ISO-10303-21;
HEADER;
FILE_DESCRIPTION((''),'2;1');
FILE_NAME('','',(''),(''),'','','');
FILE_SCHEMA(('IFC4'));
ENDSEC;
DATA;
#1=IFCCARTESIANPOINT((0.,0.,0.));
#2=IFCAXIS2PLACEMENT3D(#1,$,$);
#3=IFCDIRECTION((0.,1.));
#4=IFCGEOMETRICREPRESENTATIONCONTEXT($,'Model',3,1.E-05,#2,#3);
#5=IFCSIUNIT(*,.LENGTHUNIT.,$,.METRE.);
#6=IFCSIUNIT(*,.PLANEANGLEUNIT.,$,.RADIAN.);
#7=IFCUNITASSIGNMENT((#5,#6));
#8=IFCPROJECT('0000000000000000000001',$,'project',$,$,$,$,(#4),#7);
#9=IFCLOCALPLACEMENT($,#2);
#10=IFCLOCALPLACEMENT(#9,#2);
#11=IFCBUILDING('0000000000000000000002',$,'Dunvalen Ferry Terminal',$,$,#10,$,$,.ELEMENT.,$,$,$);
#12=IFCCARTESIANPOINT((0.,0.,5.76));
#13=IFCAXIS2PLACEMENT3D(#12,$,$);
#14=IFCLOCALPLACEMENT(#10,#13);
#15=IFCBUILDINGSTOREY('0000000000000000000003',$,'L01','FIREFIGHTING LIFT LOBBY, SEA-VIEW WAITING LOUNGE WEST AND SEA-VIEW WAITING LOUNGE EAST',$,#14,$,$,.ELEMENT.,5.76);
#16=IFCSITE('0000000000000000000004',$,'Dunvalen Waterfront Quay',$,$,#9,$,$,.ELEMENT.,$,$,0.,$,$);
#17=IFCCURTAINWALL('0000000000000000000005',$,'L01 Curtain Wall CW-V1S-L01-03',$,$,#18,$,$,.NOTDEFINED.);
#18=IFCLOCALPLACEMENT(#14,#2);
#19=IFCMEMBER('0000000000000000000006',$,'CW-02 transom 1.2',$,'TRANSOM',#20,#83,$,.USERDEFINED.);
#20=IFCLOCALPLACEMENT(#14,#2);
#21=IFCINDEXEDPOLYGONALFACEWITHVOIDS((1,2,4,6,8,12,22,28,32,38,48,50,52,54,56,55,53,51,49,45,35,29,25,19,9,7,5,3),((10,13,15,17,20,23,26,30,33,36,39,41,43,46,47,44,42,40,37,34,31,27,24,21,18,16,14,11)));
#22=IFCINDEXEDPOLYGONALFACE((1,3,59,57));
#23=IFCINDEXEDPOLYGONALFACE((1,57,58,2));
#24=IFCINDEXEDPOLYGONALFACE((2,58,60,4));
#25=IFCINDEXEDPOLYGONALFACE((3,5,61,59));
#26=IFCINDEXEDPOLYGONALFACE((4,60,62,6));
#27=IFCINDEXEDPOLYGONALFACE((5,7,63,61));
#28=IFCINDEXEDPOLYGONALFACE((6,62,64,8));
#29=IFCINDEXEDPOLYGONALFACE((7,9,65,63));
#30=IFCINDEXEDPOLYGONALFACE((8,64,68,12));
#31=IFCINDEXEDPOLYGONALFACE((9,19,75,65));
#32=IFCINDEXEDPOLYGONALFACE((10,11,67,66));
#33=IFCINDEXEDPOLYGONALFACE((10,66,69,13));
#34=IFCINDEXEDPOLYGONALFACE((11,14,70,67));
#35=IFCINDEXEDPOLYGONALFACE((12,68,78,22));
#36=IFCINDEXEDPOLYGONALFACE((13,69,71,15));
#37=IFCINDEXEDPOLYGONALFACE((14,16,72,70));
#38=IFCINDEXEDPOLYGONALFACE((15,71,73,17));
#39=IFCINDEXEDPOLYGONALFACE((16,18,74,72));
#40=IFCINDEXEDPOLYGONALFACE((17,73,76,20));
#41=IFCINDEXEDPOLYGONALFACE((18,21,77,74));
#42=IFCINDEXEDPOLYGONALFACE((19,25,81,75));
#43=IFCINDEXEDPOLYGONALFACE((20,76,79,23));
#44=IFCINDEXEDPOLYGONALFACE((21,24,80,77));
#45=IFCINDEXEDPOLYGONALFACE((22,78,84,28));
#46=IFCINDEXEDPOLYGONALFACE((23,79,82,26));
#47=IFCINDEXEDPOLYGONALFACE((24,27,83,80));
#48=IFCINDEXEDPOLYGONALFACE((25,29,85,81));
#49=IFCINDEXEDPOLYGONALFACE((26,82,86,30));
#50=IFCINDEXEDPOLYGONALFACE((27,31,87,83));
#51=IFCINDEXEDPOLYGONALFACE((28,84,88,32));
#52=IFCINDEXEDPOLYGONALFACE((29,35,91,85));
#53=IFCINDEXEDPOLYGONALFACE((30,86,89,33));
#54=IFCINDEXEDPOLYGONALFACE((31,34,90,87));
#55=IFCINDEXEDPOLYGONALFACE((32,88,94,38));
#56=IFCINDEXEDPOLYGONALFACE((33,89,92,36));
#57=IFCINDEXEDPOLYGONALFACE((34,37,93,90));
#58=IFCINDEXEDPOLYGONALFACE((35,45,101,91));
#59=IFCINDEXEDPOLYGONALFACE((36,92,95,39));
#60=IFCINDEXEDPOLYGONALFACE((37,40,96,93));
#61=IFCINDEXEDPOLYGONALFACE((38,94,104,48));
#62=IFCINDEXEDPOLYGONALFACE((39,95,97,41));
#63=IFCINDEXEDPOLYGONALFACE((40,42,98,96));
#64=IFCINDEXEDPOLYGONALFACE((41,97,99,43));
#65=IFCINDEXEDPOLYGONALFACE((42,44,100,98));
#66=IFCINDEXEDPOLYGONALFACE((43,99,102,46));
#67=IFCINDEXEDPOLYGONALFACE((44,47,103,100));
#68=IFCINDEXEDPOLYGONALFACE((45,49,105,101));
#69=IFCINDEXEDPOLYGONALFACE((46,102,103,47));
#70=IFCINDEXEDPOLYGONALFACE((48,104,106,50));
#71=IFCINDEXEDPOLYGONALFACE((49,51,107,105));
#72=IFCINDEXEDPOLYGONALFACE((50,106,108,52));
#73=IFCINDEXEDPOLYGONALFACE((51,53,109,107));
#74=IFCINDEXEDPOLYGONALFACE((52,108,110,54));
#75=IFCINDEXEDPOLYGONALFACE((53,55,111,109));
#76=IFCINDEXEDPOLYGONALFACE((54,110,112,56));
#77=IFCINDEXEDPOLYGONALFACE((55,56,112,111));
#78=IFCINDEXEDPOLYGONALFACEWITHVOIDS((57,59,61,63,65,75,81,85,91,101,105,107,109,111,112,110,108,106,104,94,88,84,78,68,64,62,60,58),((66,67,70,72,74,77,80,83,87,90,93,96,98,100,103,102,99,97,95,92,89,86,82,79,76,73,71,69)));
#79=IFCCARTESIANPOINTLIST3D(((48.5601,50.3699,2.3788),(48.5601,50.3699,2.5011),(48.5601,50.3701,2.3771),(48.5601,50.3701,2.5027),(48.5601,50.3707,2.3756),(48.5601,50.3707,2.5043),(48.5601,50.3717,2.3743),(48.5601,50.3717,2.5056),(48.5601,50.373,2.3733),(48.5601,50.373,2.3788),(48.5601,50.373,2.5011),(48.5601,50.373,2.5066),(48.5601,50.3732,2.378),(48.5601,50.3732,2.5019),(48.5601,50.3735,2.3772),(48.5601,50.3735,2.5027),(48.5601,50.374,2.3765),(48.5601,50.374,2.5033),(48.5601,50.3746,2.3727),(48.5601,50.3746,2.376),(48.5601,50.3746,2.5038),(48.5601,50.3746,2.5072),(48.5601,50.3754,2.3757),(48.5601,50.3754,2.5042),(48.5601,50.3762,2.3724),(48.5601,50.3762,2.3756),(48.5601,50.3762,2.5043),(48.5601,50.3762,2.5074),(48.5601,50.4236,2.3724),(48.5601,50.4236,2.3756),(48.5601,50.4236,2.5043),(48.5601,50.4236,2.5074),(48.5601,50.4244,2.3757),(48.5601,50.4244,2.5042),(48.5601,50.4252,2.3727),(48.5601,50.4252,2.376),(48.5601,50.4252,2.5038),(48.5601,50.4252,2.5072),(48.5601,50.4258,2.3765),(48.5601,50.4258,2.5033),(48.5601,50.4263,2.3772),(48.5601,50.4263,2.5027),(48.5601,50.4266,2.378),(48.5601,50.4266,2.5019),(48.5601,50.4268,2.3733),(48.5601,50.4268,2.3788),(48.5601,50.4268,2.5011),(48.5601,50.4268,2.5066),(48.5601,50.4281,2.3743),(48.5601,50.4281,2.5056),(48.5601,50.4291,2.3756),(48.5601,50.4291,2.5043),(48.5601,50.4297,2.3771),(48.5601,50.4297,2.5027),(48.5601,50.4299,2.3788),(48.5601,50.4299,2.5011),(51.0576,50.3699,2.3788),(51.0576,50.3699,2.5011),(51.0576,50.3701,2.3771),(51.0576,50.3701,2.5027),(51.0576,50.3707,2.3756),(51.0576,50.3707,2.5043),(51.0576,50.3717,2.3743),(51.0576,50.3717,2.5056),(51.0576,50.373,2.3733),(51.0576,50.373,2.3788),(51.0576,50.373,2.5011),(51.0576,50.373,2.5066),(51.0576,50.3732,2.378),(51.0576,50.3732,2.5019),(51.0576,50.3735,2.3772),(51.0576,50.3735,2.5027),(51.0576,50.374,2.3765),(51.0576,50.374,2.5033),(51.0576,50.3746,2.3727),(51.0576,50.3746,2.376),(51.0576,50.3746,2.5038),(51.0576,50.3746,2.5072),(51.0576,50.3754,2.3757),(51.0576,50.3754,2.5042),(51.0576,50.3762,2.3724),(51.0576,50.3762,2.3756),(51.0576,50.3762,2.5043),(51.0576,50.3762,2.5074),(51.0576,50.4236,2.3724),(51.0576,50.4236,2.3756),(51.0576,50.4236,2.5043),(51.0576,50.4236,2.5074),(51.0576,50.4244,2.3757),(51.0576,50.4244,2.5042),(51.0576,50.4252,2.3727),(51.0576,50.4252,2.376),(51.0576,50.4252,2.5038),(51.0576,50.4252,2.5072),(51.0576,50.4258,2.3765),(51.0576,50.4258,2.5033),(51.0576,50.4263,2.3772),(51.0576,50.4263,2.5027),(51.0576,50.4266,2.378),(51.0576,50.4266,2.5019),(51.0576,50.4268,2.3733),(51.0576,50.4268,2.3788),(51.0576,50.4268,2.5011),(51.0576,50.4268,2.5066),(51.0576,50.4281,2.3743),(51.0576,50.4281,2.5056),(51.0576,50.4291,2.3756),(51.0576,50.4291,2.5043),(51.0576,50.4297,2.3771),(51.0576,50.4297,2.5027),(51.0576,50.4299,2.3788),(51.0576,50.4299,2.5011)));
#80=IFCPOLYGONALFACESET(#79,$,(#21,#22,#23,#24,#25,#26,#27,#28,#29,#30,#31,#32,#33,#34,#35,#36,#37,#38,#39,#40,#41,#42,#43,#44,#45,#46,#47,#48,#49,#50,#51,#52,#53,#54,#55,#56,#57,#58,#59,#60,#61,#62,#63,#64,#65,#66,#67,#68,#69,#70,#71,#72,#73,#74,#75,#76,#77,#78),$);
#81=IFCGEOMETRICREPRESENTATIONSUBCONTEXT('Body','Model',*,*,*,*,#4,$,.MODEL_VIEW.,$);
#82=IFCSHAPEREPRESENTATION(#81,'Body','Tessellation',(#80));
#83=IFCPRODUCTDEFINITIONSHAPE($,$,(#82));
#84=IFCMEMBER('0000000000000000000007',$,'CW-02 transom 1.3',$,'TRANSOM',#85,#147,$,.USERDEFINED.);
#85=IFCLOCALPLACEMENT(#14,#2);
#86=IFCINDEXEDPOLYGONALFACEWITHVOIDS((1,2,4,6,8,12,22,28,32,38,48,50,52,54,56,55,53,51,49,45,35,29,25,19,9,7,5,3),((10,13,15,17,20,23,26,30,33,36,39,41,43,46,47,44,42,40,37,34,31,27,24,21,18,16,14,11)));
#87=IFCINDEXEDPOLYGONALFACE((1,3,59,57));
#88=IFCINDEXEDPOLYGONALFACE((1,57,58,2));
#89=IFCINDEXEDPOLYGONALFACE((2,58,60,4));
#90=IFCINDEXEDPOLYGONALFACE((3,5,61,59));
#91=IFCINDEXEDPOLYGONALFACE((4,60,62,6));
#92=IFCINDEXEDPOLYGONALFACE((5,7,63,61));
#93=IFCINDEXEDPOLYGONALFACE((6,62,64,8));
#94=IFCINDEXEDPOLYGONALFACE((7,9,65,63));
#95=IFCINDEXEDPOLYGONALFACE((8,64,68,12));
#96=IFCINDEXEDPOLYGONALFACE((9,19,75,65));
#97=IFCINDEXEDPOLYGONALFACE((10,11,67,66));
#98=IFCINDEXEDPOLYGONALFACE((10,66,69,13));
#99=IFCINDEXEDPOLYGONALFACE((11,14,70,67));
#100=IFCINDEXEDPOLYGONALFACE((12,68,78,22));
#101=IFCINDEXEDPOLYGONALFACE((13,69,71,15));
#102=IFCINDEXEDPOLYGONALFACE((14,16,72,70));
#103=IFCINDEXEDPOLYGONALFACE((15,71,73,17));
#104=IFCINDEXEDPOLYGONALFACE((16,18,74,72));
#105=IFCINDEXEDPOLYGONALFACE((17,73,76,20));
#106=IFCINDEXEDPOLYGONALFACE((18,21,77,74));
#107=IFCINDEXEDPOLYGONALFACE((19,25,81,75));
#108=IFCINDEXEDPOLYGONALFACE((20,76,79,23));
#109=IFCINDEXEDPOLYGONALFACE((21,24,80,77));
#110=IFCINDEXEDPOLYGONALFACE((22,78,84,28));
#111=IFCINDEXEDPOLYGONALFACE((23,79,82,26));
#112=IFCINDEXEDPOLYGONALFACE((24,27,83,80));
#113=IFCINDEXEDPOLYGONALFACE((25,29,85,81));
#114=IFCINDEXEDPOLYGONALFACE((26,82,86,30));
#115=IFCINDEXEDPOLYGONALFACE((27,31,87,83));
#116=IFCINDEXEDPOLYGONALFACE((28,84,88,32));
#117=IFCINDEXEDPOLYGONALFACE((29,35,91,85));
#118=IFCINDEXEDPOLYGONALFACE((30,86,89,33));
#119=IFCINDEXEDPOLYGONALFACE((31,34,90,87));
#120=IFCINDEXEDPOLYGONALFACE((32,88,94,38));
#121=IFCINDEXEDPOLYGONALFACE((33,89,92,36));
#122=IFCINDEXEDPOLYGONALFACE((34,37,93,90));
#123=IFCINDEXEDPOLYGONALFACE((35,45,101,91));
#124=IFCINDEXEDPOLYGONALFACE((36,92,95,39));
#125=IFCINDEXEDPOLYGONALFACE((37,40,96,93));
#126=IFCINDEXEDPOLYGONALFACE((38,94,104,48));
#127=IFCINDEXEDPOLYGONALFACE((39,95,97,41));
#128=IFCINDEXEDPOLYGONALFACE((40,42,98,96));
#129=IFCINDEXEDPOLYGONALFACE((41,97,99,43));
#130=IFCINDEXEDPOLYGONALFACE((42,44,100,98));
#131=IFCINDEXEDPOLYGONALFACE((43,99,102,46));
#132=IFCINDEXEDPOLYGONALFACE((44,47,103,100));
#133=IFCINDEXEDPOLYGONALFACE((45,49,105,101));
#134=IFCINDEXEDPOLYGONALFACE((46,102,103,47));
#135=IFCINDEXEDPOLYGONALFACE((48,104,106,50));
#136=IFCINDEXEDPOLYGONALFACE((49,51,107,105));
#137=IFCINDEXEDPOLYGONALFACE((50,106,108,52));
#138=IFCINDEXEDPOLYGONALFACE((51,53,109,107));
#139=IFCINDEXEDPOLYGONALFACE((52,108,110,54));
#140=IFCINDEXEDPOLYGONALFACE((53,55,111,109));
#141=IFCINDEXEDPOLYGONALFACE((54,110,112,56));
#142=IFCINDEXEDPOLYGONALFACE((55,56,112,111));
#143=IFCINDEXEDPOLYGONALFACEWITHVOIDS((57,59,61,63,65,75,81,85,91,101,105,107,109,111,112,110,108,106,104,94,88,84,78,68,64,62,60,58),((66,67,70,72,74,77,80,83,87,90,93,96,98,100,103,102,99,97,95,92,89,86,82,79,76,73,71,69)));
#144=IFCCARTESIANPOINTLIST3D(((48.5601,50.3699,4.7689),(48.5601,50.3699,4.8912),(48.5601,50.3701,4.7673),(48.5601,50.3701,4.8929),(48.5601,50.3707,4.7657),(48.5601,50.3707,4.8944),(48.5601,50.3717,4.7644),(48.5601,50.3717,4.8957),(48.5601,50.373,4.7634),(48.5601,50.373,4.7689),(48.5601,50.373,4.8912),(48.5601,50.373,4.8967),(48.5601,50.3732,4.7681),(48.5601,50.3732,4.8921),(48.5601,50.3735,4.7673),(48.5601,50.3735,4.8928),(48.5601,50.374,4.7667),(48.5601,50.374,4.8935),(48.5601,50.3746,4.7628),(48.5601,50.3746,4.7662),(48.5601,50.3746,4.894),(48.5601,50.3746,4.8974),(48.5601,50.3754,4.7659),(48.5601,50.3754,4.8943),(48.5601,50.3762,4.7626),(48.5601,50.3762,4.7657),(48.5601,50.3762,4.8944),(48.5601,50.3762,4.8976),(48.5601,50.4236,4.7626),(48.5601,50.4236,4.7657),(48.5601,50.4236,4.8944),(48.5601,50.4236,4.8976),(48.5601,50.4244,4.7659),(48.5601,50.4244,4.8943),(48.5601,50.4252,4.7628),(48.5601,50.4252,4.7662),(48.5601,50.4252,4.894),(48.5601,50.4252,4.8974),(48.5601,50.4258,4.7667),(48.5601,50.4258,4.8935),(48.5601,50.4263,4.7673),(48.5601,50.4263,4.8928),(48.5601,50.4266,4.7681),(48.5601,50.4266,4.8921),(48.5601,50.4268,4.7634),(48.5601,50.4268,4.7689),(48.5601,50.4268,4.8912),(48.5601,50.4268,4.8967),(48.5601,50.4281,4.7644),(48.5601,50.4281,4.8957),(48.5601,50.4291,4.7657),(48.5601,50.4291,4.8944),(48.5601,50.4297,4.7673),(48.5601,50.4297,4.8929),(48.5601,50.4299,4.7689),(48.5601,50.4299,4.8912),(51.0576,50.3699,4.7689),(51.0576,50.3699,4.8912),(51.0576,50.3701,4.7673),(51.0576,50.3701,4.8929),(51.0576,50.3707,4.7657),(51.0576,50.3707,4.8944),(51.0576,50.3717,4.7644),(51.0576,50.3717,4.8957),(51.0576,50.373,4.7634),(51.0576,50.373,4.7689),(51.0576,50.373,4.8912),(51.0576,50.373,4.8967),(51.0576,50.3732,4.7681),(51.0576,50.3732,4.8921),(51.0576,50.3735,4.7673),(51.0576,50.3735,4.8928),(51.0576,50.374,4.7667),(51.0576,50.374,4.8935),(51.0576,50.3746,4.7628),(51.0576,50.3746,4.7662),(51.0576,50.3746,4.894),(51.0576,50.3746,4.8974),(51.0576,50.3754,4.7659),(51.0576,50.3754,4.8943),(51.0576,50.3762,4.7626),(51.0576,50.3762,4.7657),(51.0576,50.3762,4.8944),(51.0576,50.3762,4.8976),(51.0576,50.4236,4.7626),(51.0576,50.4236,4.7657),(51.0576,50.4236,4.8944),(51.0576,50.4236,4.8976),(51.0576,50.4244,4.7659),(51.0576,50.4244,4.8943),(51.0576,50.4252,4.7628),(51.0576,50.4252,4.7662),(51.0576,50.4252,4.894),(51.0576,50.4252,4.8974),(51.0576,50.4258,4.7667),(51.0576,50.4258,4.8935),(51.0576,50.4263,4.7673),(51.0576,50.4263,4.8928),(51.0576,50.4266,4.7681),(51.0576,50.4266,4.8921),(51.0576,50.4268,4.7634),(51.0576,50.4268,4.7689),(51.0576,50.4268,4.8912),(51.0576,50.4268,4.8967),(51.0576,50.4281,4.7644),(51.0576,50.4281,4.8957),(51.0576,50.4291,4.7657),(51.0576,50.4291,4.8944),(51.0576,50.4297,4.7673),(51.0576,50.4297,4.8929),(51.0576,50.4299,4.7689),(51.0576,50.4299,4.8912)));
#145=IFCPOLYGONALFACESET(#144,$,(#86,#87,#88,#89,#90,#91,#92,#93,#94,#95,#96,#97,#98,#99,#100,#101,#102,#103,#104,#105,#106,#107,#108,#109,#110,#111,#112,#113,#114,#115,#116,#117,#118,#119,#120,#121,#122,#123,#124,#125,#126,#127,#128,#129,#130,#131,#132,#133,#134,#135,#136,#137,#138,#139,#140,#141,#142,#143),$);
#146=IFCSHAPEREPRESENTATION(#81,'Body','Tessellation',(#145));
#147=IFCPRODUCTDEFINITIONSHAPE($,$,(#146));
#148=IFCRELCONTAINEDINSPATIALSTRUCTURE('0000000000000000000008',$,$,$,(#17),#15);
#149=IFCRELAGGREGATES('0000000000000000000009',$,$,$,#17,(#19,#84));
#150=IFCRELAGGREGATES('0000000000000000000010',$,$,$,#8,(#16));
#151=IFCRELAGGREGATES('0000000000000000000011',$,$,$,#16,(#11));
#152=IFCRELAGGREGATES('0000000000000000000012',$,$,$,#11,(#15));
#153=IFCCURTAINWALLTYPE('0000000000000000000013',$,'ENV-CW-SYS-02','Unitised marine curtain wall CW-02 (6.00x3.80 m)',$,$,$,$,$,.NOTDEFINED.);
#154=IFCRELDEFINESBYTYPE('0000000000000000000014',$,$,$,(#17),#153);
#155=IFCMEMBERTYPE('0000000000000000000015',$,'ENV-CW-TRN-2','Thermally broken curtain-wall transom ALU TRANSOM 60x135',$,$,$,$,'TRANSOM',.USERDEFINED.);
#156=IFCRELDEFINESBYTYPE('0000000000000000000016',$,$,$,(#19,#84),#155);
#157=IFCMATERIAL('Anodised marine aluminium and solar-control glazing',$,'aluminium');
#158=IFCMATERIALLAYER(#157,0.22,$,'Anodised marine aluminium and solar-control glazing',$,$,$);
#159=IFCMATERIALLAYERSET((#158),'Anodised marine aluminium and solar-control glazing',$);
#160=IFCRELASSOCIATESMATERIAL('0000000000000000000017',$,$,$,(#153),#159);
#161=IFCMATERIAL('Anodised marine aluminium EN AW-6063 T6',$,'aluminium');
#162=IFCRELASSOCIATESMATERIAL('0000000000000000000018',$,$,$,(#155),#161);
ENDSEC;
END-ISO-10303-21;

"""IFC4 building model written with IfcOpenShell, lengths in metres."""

from ifc_helpers import new_model, si_unit, direction, frame, origin, origin_2d, place, context, subcontext, project, spatial, hollow_rectangle, extrude, material, layer, layer_set, material_profile, profile_set, type_object, element, aggregate, save


model = new_model("IFC4")

# Units and contexts
model_context = context("Model", 3, precision=1e-05, world=origin(), true_north=direction((0.0, 1.0)))
body_context = subcontext(model_context, "Body", "Model", "MODEL_VIEW")
ifc_project = project(units=[si_unit("LENGTHUNIT", "METRE"), si_unit("PLANEANGLEUNIT", "RADIAN")], contexts=[model_context])

# Site, building, storey
site_placement = place(None, origin())
site = spatial("IfcSite", under=ifc_project, at=site_placement, Name="Dunvalen Waterfront Quay", CompositionType="ELEMENT", RefElevation=0.0)
building_placement = place(site_placement, origin())
building = spatial("IfcBuilding", under=site, at=building_placement, Name="Dunvalen Ferry Terminal", CompositionType="ELEMENT")
storey_placement = place(building_placement, frame((0.0, 0.0, 5.76)))
storey = spatial("IfcBuildingStorey", under=building, at=storey_placement, Name="L01", Description="FIREFIGHTING LIFT LOBBY, SEA-VIEW WAITING LOUNGE WEST AND SEA-VIEW WAITING LOUNGE EAST", CompositionType="ELEMENT", Elevation=5.76)

# Curtain wall
ifc_material_1 = material(Name="Anodised marine aluminium and solar-control glazing", Category="aluminium")
ifc_layer_1 = layer(ifc_material_1, 0.22, Name="Anodised marine aluminium and solar-control glazing")
ifc_layer_set_1 = layer_set([ifc_layer_1], Name="Anodised marine aluminium and solar-control glazing")
curtain_wall_type_1 = type_object("IfcCurtainWallType", Name="ENV-CW-SYS-02", Description="Unitised marine curtain wall CW-02 (6.00x3.80 m)", PredefinedType="NOTDEFINED", material=ifc_layer_set_1)
ifc_material_2 = material(Name="Anodised marine aluminium EN AW-6063 T6", Category="aluminium")
curtain_wall_1_placement = place(storey_placement, origin())
curtain_wall_1 = element("IfcCurtainWall", 1, at=curtain_wall_1_placement, inside=storey, type_object=curtain_wall_type_1, Name="L01 Curtain Wall CW-V1S-L01-03", PredefinedType="NOTDEFINED")

# Members
ifc_material_profile_1 = material_profile(ifc_material_2, hollow_rectangle(XDim=0.0601, YDim=0.135, WallThickness=0.0032, InnerFilletRadius=0.0032, OuterFilletRadius=0.0063, at=origin_2d()), Name="Anodised marine aluminium EN AW-6063 T6")
ifc_profile_set_1 = profile_set([ifc_material_profile_1], Name="Anodised marine aluminium EN AW-6063 T6")
member_type_1 = type_object("IfcMemberType", Name="ENV-CW-TRN-2", Description="Thermally broken curtain-wall transom ALU TRANSOM 60x135", ElementType="TRANSOM", PredefinedType="USERDEFINED", material=ifc_profile_set_1)
member_1_placement = place(storey_placement, frame((48.5601, 50.3999, 2.4399), z_axis=(1.0, 0.0, 0.0), x_axis=(0.0, 1.0, 0.0)))
member_1 = element("IfcMember", 2, at=member_1_placement, type_object=member_type_1, Name="CW-02 transom 1.2", ObjectType="TRANSOM", PredefinedType="USERDEFINED", context=body_context, shape_type="SweptSolid", body=[
    extrude(hollow_rectangle(XDim=0.0601, YDim=0.135, WallThickness=0.0032, InnerFilletRadius=0.0032, OuterFilletRadius=0.0063, at=origin_2d()), origin(), (0.0, 0.0, 1.0), 2.4976),
])
member_2_placement = place(storey_placement, frame((48.5601, 50.3999, 4.8301), z_axis=(1.0, 0.0, 0.0), x_axis=(0.0, 1.0, 0.0)))
member_2 = element("IfcMember", 3, at=member_2_placement, type_object=member_type_1, Name="CW-02 transom 1.3", ObjectType="TRANSOM", PredefinedType="USERDEFINED", context=body_context, shape_type="SweptSolid", body=[
    extrude(hollow_rectangle(XDim=0.0601, YDim=0.135, WallThickness=0.0032, InnerFilletRadius=0.0032, OuterFilletRadius=0.0063, at=origin_2d()), origin(), (0.0, 0.0, 1.0), 2.4976),
])

aggregate(curtain_wall_1, [member_1, member_2])

save(model, "model.ifc")
